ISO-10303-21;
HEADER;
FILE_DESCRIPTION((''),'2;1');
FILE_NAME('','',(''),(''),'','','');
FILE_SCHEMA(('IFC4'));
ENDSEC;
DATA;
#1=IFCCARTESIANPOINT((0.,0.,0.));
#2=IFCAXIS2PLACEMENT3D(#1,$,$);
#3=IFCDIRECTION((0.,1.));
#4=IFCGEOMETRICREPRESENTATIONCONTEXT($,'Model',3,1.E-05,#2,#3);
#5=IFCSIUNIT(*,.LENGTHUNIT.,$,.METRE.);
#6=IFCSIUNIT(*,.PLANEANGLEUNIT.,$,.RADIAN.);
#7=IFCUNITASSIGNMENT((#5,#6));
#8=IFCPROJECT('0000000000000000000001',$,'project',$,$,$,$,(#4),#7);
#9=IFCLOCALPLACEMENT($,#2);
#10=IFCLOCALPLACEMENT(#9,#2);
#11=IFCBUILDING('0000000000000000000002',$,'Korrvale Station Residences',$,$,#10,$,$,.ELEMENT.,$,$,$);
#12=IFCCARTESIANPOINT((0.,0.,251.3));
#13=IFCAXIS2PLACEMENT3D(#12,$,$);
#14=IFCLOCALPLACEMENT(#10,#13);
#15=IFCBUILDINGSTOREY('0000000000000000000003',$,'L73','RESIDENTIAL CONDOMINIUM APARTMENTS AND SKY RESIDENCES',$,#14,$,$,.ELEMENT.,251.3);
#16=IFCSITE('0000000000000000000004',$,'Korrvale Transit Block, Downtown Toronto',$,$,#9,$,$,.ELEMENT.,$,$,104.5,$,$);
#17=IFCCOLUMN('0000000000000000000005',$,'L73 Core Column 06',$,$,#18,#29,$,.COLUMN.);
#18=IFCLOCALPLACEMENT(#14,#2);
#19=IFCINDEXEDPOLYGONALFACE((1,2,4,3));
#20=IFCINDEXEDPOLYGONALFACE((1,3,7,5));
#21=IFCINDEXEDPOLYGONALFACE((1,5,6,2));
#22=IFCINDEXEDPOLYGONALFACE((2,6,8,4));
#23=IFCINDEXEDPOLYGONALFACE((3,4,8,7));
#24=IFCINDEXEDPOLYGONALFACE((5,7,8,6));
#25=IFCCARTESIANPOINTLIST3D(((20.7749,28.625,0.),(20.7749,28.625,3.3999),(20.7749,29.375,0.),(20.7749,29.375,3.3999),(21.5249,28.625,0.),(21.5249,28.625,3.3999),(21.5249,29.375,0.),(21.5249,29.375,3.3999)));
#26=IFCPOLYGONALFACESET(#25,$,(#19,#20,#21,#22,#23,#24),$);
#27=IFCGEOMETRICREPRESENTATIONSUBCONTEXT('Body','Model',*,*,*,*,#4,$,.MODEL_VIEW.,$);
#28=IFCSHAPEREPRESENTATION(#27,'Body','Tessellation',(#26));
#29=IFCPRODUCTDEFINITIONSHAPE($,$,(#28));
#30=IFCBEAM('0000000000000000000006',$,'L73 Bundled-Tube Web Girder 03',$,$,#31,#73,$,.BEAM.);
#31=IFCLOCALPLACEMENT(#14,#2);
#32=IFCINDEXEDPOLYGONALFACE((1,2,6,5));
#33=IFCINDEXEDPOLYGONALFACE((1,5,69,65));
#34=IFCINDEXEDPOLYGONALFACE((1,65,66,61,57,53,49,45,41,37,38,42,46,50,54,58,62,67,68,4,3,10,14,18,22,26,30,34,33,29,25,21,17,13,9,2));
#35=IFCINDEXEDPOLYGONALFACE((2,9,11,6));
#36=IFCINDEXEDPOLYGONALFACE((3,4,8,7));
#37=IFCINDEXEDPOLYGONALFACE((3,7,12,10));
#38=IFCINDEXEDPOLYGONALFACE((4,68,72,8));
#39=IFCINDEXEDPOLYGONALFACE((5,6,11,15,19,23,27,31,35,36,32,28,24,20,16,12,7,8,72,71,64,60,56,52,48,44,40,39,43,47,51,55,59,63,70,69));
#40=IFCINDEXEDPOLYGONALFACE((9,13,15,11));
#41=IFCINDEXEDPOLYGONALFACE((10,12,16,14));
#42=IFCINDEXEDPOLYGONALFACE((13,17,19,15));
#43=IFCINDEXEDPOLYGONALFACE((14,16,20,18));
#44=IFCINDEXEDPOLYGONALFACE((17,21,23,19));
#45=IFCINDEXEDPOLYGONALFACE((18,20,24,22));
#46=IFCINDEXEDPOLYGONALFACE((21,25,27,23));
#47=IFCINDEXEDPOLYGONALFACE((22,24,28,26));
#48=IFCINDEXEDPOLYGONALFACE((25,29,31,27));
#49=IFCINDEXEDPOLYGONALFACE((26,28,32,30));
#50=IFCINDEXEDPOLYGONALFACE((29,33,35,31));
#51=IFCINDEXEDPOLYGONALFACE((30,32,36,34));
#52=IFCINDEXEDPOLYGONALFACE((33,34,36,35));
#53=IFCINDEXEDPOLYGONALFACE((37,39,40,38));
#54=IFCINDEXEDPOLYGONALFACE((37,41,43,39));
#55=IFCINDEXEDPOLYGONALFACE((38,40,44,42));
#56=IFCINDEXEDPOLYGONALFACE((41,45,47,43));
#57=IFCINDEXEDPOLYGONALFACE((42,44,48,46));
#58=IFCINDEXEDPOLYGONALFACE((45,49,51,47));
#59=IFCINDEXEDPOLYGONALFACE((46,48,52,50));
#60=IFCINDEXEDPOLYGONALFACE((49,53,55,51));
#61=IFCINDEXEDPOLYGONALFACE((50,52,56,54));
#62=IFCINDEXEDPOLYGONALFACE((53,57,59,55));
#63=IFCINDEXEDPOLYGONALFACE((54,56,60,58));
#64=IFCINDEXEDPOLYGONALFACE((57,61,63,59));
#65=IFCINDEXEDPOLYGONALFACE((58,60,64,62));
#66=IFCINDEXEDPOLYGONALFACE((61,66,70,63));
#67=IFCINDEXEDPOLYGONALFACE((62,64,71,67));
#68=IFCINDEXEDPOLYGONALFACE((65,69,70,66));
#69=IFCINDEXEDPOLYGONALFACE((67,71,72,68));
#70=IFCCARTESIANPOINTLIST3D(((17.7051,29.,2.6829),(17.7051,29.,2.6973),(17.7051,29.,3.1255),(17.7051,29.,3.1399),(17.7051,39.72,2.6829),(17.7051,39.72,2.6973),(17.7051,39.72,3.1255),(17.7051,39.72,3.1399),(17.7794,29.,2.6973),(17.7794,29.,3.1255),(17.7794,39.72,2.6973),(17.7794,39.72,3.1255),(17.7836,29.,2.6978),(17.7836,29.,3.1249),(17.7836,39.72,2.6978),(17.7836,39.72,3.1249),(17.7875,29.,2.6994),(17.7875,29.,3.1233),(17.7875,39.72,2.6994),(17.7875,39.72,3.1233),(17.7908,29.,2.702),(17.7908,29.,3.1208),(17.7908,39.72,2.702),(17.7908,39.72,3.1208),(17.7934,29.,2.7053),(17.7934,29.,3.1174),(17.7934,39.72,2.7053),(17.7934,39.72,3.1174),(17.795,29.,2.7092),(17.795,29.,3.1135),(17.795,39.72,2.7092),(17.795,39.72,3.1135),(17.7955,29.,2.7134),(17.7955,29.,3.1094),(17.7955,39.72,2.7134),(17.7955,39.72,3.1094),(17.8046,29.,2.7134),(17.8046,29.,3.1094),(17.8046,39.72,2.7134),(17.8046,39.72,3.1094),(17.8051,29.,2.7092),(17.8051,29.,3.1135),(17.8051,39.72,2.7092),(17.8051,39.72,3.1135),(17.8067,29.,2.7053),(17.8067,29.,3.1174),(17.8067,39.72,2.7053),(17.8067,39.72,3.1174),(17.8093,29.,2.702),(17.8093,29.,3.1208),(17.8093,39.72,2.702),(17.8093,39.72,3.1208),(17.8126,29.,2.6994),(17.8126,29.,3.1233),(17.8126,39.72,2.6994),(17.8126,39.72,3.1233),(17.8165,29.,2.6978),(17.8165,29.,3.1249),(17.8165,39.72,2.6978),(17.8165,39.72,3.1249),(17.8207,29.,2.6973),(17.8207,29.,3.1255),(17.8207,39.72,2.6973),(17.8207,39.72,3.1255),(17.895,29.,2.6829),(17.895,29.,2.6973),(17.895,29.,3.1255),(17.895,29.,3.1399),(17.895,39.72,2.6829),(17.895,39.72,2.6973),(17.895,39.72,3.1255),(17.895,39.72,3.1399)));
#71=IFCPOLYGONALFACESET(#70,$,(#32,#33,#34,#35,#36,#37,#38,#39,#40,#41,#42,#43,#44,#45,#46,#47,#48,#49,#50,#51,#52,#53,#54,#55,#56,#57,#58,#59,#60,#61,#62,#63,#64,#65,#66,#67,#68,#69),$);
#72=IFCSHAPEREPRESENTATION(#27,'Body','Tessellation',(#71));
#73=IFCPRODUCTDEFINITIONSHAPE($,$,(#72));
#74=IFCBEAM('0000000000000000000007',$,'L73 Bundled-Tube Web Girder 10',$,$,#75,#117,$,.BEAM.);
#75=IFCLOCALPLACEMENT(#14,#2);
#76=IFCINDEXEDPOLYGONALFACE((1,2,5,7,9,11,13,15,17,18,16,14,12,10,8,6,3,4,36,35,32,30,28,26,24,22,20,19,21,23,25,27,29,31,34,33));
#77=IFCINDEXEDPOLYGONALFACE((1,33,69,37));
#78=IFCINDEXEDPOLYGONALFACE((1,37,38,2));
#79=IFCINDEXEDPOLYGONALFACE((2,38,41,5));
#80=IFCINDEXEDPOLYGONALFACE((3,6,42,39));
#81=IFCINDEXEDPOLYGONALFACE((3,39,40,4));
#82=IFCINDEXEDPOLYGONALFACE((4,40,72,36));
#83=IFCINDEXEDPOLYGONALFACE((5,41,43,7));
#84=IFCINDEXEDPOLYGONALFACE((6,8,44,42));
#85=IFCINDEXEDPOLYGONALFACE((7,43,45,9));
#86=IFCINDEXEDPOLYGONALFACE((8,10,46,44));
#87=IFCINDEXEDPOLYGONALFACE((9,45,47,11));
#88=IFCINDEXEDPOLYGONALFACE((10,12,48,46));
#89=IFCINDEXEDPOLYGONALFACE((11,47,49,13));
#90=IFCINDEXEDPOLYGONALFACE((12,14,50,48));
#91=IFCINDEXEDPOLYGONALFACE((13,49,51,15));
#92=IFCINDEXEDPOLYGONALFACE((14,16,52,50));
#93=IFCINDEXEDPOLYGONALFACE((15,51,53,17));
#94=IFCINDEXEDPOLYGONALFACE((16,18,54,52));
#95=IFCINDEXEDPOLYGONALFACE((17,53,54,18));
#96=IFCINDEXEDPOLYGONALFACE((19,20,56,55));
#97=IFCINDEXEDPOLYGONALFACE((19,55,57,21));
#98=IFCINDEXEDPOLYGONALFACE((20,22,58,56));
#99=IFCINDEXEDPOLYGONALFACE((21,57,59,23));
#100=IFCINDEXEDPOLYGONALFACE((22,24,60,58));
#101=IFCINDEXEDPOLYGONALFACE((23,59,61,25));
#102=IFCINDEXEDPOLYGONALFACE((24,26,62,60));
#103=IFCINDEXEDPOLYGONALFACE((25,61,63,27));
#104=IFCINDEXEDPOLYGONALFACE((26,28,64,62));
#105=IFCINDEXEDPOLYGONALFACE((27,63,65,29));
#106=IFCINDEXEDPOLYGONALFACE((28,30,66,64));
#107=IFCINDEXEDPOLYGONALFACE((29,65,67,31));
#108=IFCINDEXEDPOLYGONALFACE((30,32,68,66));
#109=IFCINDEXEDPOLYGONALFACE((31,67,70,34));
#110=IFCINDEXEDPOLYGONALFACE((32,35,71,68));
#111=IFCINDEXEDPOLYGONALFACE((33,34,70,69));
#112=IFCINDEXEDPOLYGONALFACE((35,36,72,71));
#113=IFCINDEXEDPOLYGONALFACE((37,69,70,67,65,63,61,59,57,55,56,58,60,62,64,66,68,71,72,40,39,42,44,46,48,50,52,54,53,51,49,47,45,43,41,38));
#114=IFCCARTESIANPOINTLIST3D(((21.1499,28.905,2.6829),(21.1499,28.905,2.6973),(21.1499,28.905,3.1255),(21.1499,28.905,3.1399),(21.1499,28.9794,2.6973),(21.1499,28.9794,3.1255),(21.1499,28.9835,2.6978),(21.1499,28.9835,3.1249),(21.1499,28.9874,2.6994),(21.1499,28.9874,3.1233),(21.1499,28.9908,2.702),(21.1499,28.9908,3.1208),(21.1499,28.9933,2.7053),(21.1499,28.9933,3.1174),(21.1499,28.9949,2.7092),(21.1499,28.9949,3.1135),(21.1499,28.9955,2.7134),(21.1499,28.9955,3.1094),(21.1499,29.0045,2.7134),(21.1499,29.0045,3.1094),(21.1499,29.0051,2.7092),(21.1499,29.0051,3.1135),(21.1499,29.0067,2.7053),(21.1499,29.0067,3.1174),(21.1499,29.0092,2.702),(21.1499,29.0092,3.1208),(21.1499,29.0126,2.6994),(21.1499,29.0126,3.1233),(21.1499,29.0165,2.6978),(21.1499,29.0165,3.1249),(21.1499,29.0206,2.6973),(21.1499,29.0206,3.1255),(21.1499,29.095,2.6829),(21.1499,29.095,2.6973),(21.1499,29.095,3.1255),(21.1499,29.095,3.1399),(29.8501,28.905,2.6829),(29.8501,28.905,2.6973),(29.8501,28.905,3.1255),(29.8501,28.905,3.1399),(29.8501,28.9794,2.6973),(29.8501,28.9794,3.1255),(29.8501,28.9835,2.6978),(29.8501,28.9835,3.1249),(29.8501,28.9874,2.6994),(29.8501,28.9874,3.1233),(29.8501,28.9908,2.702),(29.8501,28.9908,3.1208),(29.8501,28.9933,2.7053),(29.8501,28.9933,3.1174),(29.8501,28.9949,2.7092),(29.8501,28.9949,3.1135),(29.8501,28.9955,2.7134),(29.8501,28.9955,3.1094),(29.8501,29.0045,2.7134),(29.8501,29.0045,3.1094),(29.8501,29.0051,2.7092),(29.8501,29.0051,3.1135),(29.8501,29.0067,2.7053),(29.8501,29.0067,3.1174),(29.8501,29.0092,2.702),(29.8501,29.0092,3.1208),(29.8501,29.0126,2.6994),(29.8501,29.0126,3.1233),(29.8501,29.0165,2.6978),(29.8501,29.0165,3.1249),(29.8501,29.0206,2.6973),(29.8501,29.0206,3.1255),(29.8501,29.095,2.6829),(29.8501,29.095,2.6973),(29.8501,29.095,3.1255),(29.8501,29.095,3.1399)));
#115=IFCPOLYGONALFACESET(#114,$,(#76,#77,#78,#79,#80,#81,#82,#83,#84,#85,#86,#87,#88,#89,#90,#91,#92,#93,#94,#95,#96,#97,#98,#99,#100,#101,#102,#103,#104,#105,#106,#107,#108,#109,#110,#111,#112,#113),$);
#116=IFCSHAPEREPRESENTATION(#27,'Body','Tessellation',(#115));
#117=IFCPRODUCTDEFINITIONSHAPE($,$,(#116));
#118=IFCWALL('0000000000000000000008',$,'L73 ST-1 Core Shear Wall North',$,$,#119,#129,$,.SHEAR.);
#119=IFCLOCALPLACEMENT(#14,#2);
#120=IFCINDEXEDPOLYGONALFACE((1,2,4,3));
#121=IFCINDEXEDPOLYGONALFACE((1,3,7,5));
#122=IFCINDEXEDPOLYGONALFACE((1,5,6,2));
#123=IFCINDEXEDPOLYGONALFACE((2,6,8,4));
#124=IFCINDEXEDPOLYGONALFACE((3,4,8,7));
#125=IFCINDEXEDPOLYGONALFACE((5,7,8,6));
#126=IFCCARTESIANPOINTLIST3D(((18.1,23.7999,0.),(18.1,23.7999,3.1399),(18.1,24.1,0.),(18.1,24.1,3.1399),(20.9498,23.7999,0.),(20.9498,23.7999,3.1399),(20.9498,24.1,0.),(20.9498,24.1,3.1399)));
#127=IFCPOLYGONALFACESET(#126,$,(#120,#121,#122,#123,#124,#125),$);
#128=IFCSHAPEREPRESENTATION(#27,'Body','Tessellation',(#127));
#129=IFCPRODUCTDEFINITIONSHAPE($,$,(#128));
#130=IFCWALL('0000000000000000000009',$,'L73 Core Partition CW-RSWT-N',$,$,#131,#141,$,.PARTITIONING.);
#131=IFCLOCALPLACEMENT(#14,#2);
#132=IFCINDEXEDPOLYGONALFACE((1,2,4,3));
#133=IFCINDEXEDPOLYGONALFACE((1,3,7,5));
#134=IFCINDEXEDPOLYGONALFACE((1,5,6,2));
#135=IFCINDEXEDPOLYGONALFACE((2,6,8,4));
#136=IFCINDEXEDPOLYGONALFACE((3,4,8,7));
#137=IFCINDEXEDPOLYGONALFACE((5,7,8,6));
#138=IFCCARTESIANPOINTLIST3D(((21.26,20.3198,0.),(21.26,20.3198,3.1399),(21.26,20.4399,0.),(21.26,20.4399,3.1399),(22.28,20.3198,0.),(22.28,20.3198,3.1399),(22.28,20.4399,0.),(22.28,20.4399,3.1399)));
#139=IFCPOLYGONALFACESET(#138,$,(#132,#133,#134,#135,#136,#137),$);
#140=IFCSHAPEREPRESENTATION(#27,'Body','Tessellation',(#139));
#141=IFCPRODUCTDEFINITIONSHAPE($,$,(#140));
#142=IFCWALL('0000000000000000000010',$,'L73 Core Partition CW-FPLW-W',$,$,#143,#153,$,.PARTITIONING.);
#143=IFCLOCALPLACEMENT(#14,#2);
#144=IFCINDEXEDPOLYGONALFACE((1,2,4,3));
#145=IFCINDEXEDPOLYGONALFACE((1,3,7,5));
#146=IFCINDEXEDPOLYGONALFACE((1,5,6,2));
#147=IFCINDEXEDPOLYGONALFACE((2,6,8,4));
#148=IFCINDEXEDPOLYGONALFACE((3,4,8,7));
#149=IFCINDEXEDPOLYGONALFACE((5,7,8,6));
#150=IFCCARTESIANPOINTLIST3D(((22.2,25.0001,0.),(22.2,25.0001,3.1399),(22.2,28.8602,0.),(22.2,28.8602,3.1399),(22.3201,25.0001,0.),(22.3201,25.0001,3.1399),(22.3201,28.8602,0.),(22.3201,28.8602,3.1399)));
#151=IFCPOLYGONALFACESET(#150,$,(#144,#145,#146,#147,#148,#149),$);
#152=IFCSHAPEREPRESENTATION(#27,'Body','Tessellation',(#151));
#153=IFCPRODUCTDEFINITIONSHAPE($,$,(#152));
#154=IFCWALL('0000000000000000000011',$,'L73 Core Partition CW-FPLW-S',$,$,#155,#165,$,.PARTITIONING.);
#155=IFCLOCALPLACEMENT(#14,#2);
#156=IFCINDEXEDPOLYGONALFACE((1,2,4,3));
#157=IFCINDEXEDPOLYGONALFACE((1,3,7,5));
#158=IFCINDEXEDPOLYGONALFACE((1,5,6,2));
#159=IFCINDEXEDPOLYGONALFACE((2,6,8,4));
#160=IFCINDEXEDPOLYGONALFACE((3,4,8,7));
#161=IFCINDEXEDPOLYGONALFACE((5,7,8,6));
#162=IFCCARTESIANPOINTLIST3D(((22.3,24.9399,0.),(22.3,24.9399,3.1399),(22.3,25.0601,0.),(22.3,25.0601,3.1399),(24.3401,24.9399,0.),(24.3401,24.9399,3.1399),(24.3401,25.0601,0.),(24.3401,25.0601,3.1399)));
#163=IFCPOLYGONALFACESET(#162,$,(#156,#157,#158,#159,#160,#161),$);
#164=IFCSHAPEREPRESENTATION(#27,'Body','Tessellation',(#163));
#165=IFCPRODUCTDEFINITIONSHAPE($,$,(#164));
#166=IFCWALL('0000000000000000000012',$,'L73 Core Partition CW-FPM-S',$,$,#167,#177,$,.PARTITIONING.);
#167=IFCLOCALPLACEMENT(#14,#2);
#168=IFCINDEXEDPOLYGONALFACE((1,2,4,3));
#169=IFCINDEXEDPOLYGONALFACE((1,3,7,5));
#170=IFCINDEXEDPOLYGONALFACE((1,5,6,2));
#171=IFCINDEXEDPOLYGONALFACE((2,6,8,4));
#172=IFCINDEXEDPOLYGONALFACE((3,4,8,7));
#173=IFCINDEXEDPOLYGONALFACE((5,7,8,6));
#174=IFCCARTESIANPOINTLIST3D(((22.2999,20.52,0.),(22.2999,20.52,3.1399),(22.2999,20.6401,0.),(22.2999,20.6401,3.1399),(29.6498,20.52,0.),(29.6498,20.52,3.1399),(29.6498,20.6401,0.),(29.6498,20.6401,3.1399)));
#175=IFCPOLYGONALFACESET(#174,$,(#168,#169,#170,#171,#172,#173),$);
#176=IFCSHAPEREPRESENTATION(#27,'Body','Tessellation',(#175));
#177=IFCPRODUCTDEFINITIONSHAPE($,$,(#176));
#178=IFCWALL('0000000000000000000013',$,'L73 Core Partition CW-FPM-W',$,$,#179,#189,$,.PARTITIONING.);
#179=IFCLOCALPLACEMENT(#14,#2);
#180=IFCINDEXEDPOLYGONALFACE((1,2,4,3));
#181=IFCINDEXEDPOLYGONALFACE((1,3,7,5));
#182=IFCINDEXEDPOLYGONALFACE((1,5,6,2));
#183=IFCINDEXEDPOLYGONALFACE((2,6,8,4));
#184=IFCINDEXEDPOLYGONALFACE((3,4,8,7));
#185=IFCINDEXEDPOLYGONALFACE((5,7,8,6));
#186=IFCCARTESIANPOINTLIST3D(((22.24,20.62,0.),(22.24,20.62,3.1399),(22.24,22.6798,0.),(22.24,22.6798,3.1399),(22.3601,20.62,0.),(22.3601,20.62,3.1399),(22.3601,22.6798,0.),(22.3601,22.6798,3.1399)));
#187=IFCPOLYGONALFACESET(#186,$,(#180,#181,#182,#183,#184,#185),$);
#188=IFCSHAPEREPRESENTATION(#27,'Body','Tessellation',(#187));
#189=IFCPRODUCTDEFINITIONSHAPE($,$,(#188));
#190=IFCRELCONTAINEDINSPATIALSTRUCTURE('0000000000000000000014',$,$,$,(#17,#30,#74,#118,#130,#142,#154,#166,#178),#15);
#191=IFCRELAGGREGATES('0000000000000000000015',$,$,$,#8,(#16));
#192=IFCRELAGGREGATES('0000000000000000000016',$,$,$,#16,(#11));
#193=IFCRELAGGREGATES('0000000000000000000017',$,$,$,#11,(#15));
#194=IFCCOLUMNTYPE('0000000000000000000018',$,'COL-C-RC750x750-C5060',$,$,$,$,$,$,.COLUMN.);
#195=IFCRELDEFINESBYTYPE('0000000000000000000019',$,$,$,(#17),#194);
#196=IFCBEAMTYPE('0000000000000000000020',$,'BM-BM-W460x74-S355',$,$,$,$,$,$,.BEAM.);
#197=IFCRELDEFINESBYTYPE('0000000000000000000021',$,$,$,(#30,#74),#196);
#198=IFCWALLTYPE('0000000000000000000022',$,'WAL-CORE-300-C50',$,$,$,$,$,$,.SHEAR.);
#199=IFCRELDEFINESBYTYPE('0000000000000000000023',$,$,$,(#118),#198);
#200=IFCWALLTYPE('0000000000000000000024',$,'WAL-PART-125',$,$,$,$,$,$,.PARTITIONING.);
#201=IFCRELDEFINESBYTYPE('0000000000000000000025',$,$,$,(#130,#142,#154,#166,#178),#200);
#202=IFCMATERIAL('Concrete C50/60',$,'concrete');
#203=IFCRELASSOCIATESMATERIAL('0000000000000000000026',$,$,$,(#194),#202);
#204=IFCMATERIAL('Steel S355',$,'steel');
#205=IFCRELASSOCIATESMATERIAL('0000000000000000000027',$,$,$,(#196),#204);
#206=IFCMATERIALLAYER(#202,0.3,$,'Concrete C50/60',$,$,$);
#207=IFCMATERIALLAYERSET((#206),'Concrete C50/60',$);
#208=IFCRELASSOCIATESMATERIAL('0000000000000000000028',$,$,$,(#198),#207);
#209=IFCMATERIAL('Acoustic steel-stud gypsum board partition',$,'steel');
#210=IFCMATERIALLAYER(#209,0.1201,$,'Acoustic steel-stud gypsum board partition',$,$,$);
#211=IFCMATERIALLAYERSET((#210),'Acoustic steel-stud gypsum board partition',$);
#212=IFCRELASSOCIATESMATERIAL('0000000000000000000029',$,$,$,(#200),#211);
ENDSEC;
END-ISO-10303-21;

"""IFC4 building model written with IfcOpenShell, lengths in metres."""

from ifc_helpers import new_model, si_unit, direction, frame, frame_2d, origin, origin_2d, place, context, subcontext, project, spatial, rectangle, i_section, extrude, material, layer, layer_set, material_profile, profile_set, type_object, element, save


model = new_model("IFC4")

# Units and contexts
model_context = context("Model", 3, precision=1e-05, world=origin(), true_north=direction((0.0, 1.0)))
body_context = subcontext(model_context, "Body", "Model", "MODEL_VIEW")
ifc_project = project(units=[si_unit("LENGTHUNIT", "METRE"), si_unit("PLANEANGLEUNIT", "RADIAN")], contexts=[model_context])

# Site, building, storey
site_placement = place(None, origin())
site = spatial("IfcSite", under=ifc_project, at=site_placement, Name="Korrvale Transit Block, Downtown Toronto", CompositionType="ELEMENT", RefElevation=104.5)
building_placement = place(site_placement, origin())
building = spatial("IfcBuilding", under=site, at=building_placement, Name="Korrvale Station Residences", CompositionType="ELEMENT")
storey_placement = place(building_placement, frame((0.0, 0.0, 251.3)))
storey = spatial("IfcBuildingStorey", under=building, at=storey_placement, Name="L73", Description="RESIDENTIAL CONDOMINIUM APARTMENTS AND SKY RESIDENCES", CompositionType="ELEMENT", Elevation=251.3)

# Column
ifc_material_1 = material(Name="Concrete C50/60", Category="concrete")
ifc_material_profile_1 = material_profile(ifc_material_1, rectangle(XDim=0.75, YDim=0.75, at=origin_2d()), Name="RC750x750")
ifc_profile_set_1 = profile_set([ifc_material_profile_1], Name="Concrete C50/60")
column_type = type_object("IfcColumnType", Name="COL-C-RC750x750-C5060", PredefinedType="COLUMN", material=ifc_profile_set_1)
column_placement = place(storey_placement, frame((21.1499, 29.0, 0.0), z_axis=(0.0, 0.0, 1.0), x_axis=(1.0, 0.0, 0.0)))
element("IfcColumn", 1, at=column_placement, inside=storey, type_object=column_type, Name="L73 Core Column 06", PredefinedType="COLUMN", context=body_context, shape_type="SweptSolid", body=[
    extrude(rectangle(XDim=0.75, YDim=0.75, at=origin_2d()), origin(), (0.0, 0.0, 1.0), 3.3999),
])

# Beams
ifc_material_2 = material(Name="Steel S355", Category="steel")
ifc_material_profile_2 = material_profile(ifc_material_2, i_section(OverallWidth=0.1899, OverallDepth=0.457, WebThickness=0.009, FlangeThickness=0.0144, FilletRadius=0.0161, at=origin_2d()), Name="W460x74")
ifc_profile_set_2 = profile_set([ifc_material_profile_2], Name="Steel S355")
beam_type = type_object("IfcBeamType", Name="BM-BM-W460x74-S355", PredefinedType="BEAM", material=ifc_profile_set_2)
beam_1_placement = place(storey_placement, frame((17.8, 29.0, 2.9114), z_axis=(0.0, 1.0, 0.0), x_axis=(-1.0, 0.0, 0.0)))
element("IfcBeam", 2, at=beam_1_placement, inside=storey, type_object=beam_type, Name="L73 Bundled-Tube Web Girder 03", PredefinedType="BEAM", context=body_context, shape_type="SweptSolid", body=[
    extrude(i_section(OverallWidth=0.1899, OverallDepth=0.457, WebThickness=0.009, FlangeThickness=0.0144, FilletRadius=0.0161, at=origin_2d()), origin(), (0.0, 0.0, 1.0), 10.72),
])
beam_2_placement = place(storey_placement, frame((21.1499, 29.0, 2.9114), z_axis=(1.0, 0.0, 0.0), x_axis=(0.0, 1.0, 0.0)))
element("IfcBeam", 3, at=beam_2_placement, inside=storey, type_object=beam_type, Name="L73 Bundled-Tube Web Girder 10", PredefinedType="BEAM", context=body_context, shape_type="SweptSolid", body=[
    extrude(i_section(OverallWidth=0.1899, OverallDepth=0.457, WebThickness=0.009, FlangeThickness=0.0144, FilletRadius=0.0161, at=origin_2d()), origin(), (0.0, 0.0, 1.0), 8.7002),
])

# Walls
ifc_layer_1 = layer(ifc_material_1, 0.3, Name="Concrete C50/60")
ifc_layer_set_1 = layer_set([ifc_layer_1], Name="Concrete C50/60")
wall_type_1 = type_object("IfcWallType", Name="WAL-CORE-300-C50", PredefinedType="SHEAR", material=ifc_layer_set_1)
wall_1_placement = place(storey_placement, frame((18.1001, 23.95, 0.0), z_axis=(0.0, 0.0, 1.0), x_axis=(1.0, 0.0, 0.0)))
element("IfcWall", 4, at=wall_1_placement, inside=storey, type_object=wall_type_1, Name="L73 ST-1 Core Shear Wall North", PredefinedType="SHEAR", context=body_context, shape_type="SweptSolid", body=[
    extrude(rectangle(XDim=2.8499, YDim=0.3, at=frame_2d((1.4248, 0.0))), origin(), (0.0, 0.0, 1.0), 3.1399),
])
ifc_material_3 = material(Name="Acoustic steel-stud gypsum board partition", Category="steel")
ifc_layer_2 = layer(ifc_material_3, 0.1201, Name="Acoustic steel-stud gypsum board partition")
ifc_layer_set_2 = layer_set([ifc_layer_2], Name="Acoustic steel-stud gypsum board partition")
wall_type_2 = type_object("IfcWallType", Name="WAL-PART-125", PredefinedType="PARTITIONING", material=ifc_layer_set_2)
wall_2_placement = place(storey_placement, frame((22.28, 20.3799, 0.0), z_axis=(0.0, 0.0, 1.0), x_axis=(-1.0, 0.0, 0.0)))
element("IfcWall", 5, at=wall_2_placement, inside=storey, type_object=wall_type_2, Name="L73 Core Partition CW-RSWT-N", PredefinedType="PARTITIONING", context=body_context, shape_type="SweptSolid", body=[
    extrude(rectangle(XDim=1.02, YDim=0.1201, at=frame_2d((0.51, 0.0))), origin(), (0.0, 0.0, 1.0), 3.1399),
])
wall_3_placement = place(storey_placement, frame((22.26, 25.0, 0.0), z_axis=(0.0, 0.0, 1.0), x_axis=(0.0, 1.0, 0.0)))
element("IfcWall", 6, at=wall_3_placement, inside=storey, type_object=wall_type_2, Name="L73 Core Partition CW-FPLW-W", PredefinedType="PARTITIONING", context=body_context, shape_type="SweptSolid", body=[
    extrude(rectangle(XDim=3.8601, YDim=0.1201, at=frame_2d((1.9302, 0.0))), origin(), (0.0, 0.0, 1.0), 3.1399),
])
wall_4_placement = place(storey_placement, frame((22.3, 25.0, 0.0), z_axis=(0.0, 0.0, 1.0), x_axis=(1.0, 0.0, 0.0)))
element("IfcWall", 7, at=wall_4_placement, inside=storey, type_object=wall_type_2, Name="L73 Core Partition CW-FPLW-S", PredefinedType="PARTITIONING", context=body_context, shape_type="SweptSolid", body=[
    extrude(rectangle(XDim=2.04, YDim=0.1201, at=frame_2d((1.02, 0.0))), origin(), (0.0, 0.0, 1.0), 3.1399),
])
wall_5_placement = place(storey_placement, frame((22.3, 20.5801, 0.0), z_axis=(0.0, 0.0, 1.0), x_axis=(1.0, 0.0, 0.0)))
element("IfcWall", 8, at=wall_5_placement, inside=storey, type_object=wall_type_2, Name="L73 Core Partition CW-FPM-S", PredefinedType="PARTITIONING", context=body_context, shape_type="SweptSolid", body=[
    extrude(rectangle(XDim=7.3499, YDim=0.1201, at=frame_2d((3.6748, 0.0))), origin(), (0.0, 0.0, 1.0), 3.1399),
])
wall_6_placement = place(storey_placement, frame((22.3, 20.6201, 0.0), z_axis=(0.0, 0.0, 1.0), x_axis=(0.0, 1.0, 0.0)))
element("IfcWall", 9, at=wall_6_placement, inside=storey, type_object=wall_type_2, Name="L73 Core Partition CW-FPM-W", PredefinedType="PARTITIONING", context=body_context, shape_type="SweptSolid", body=[
    extrude(rectangle(XDim=2.0598, YDim=0.1201, at=frame_2d((1.0298, 0.0))), origin(), (0.0, 0.0, 1.0), 3.1399),
])

save(model, "model.ifc")
